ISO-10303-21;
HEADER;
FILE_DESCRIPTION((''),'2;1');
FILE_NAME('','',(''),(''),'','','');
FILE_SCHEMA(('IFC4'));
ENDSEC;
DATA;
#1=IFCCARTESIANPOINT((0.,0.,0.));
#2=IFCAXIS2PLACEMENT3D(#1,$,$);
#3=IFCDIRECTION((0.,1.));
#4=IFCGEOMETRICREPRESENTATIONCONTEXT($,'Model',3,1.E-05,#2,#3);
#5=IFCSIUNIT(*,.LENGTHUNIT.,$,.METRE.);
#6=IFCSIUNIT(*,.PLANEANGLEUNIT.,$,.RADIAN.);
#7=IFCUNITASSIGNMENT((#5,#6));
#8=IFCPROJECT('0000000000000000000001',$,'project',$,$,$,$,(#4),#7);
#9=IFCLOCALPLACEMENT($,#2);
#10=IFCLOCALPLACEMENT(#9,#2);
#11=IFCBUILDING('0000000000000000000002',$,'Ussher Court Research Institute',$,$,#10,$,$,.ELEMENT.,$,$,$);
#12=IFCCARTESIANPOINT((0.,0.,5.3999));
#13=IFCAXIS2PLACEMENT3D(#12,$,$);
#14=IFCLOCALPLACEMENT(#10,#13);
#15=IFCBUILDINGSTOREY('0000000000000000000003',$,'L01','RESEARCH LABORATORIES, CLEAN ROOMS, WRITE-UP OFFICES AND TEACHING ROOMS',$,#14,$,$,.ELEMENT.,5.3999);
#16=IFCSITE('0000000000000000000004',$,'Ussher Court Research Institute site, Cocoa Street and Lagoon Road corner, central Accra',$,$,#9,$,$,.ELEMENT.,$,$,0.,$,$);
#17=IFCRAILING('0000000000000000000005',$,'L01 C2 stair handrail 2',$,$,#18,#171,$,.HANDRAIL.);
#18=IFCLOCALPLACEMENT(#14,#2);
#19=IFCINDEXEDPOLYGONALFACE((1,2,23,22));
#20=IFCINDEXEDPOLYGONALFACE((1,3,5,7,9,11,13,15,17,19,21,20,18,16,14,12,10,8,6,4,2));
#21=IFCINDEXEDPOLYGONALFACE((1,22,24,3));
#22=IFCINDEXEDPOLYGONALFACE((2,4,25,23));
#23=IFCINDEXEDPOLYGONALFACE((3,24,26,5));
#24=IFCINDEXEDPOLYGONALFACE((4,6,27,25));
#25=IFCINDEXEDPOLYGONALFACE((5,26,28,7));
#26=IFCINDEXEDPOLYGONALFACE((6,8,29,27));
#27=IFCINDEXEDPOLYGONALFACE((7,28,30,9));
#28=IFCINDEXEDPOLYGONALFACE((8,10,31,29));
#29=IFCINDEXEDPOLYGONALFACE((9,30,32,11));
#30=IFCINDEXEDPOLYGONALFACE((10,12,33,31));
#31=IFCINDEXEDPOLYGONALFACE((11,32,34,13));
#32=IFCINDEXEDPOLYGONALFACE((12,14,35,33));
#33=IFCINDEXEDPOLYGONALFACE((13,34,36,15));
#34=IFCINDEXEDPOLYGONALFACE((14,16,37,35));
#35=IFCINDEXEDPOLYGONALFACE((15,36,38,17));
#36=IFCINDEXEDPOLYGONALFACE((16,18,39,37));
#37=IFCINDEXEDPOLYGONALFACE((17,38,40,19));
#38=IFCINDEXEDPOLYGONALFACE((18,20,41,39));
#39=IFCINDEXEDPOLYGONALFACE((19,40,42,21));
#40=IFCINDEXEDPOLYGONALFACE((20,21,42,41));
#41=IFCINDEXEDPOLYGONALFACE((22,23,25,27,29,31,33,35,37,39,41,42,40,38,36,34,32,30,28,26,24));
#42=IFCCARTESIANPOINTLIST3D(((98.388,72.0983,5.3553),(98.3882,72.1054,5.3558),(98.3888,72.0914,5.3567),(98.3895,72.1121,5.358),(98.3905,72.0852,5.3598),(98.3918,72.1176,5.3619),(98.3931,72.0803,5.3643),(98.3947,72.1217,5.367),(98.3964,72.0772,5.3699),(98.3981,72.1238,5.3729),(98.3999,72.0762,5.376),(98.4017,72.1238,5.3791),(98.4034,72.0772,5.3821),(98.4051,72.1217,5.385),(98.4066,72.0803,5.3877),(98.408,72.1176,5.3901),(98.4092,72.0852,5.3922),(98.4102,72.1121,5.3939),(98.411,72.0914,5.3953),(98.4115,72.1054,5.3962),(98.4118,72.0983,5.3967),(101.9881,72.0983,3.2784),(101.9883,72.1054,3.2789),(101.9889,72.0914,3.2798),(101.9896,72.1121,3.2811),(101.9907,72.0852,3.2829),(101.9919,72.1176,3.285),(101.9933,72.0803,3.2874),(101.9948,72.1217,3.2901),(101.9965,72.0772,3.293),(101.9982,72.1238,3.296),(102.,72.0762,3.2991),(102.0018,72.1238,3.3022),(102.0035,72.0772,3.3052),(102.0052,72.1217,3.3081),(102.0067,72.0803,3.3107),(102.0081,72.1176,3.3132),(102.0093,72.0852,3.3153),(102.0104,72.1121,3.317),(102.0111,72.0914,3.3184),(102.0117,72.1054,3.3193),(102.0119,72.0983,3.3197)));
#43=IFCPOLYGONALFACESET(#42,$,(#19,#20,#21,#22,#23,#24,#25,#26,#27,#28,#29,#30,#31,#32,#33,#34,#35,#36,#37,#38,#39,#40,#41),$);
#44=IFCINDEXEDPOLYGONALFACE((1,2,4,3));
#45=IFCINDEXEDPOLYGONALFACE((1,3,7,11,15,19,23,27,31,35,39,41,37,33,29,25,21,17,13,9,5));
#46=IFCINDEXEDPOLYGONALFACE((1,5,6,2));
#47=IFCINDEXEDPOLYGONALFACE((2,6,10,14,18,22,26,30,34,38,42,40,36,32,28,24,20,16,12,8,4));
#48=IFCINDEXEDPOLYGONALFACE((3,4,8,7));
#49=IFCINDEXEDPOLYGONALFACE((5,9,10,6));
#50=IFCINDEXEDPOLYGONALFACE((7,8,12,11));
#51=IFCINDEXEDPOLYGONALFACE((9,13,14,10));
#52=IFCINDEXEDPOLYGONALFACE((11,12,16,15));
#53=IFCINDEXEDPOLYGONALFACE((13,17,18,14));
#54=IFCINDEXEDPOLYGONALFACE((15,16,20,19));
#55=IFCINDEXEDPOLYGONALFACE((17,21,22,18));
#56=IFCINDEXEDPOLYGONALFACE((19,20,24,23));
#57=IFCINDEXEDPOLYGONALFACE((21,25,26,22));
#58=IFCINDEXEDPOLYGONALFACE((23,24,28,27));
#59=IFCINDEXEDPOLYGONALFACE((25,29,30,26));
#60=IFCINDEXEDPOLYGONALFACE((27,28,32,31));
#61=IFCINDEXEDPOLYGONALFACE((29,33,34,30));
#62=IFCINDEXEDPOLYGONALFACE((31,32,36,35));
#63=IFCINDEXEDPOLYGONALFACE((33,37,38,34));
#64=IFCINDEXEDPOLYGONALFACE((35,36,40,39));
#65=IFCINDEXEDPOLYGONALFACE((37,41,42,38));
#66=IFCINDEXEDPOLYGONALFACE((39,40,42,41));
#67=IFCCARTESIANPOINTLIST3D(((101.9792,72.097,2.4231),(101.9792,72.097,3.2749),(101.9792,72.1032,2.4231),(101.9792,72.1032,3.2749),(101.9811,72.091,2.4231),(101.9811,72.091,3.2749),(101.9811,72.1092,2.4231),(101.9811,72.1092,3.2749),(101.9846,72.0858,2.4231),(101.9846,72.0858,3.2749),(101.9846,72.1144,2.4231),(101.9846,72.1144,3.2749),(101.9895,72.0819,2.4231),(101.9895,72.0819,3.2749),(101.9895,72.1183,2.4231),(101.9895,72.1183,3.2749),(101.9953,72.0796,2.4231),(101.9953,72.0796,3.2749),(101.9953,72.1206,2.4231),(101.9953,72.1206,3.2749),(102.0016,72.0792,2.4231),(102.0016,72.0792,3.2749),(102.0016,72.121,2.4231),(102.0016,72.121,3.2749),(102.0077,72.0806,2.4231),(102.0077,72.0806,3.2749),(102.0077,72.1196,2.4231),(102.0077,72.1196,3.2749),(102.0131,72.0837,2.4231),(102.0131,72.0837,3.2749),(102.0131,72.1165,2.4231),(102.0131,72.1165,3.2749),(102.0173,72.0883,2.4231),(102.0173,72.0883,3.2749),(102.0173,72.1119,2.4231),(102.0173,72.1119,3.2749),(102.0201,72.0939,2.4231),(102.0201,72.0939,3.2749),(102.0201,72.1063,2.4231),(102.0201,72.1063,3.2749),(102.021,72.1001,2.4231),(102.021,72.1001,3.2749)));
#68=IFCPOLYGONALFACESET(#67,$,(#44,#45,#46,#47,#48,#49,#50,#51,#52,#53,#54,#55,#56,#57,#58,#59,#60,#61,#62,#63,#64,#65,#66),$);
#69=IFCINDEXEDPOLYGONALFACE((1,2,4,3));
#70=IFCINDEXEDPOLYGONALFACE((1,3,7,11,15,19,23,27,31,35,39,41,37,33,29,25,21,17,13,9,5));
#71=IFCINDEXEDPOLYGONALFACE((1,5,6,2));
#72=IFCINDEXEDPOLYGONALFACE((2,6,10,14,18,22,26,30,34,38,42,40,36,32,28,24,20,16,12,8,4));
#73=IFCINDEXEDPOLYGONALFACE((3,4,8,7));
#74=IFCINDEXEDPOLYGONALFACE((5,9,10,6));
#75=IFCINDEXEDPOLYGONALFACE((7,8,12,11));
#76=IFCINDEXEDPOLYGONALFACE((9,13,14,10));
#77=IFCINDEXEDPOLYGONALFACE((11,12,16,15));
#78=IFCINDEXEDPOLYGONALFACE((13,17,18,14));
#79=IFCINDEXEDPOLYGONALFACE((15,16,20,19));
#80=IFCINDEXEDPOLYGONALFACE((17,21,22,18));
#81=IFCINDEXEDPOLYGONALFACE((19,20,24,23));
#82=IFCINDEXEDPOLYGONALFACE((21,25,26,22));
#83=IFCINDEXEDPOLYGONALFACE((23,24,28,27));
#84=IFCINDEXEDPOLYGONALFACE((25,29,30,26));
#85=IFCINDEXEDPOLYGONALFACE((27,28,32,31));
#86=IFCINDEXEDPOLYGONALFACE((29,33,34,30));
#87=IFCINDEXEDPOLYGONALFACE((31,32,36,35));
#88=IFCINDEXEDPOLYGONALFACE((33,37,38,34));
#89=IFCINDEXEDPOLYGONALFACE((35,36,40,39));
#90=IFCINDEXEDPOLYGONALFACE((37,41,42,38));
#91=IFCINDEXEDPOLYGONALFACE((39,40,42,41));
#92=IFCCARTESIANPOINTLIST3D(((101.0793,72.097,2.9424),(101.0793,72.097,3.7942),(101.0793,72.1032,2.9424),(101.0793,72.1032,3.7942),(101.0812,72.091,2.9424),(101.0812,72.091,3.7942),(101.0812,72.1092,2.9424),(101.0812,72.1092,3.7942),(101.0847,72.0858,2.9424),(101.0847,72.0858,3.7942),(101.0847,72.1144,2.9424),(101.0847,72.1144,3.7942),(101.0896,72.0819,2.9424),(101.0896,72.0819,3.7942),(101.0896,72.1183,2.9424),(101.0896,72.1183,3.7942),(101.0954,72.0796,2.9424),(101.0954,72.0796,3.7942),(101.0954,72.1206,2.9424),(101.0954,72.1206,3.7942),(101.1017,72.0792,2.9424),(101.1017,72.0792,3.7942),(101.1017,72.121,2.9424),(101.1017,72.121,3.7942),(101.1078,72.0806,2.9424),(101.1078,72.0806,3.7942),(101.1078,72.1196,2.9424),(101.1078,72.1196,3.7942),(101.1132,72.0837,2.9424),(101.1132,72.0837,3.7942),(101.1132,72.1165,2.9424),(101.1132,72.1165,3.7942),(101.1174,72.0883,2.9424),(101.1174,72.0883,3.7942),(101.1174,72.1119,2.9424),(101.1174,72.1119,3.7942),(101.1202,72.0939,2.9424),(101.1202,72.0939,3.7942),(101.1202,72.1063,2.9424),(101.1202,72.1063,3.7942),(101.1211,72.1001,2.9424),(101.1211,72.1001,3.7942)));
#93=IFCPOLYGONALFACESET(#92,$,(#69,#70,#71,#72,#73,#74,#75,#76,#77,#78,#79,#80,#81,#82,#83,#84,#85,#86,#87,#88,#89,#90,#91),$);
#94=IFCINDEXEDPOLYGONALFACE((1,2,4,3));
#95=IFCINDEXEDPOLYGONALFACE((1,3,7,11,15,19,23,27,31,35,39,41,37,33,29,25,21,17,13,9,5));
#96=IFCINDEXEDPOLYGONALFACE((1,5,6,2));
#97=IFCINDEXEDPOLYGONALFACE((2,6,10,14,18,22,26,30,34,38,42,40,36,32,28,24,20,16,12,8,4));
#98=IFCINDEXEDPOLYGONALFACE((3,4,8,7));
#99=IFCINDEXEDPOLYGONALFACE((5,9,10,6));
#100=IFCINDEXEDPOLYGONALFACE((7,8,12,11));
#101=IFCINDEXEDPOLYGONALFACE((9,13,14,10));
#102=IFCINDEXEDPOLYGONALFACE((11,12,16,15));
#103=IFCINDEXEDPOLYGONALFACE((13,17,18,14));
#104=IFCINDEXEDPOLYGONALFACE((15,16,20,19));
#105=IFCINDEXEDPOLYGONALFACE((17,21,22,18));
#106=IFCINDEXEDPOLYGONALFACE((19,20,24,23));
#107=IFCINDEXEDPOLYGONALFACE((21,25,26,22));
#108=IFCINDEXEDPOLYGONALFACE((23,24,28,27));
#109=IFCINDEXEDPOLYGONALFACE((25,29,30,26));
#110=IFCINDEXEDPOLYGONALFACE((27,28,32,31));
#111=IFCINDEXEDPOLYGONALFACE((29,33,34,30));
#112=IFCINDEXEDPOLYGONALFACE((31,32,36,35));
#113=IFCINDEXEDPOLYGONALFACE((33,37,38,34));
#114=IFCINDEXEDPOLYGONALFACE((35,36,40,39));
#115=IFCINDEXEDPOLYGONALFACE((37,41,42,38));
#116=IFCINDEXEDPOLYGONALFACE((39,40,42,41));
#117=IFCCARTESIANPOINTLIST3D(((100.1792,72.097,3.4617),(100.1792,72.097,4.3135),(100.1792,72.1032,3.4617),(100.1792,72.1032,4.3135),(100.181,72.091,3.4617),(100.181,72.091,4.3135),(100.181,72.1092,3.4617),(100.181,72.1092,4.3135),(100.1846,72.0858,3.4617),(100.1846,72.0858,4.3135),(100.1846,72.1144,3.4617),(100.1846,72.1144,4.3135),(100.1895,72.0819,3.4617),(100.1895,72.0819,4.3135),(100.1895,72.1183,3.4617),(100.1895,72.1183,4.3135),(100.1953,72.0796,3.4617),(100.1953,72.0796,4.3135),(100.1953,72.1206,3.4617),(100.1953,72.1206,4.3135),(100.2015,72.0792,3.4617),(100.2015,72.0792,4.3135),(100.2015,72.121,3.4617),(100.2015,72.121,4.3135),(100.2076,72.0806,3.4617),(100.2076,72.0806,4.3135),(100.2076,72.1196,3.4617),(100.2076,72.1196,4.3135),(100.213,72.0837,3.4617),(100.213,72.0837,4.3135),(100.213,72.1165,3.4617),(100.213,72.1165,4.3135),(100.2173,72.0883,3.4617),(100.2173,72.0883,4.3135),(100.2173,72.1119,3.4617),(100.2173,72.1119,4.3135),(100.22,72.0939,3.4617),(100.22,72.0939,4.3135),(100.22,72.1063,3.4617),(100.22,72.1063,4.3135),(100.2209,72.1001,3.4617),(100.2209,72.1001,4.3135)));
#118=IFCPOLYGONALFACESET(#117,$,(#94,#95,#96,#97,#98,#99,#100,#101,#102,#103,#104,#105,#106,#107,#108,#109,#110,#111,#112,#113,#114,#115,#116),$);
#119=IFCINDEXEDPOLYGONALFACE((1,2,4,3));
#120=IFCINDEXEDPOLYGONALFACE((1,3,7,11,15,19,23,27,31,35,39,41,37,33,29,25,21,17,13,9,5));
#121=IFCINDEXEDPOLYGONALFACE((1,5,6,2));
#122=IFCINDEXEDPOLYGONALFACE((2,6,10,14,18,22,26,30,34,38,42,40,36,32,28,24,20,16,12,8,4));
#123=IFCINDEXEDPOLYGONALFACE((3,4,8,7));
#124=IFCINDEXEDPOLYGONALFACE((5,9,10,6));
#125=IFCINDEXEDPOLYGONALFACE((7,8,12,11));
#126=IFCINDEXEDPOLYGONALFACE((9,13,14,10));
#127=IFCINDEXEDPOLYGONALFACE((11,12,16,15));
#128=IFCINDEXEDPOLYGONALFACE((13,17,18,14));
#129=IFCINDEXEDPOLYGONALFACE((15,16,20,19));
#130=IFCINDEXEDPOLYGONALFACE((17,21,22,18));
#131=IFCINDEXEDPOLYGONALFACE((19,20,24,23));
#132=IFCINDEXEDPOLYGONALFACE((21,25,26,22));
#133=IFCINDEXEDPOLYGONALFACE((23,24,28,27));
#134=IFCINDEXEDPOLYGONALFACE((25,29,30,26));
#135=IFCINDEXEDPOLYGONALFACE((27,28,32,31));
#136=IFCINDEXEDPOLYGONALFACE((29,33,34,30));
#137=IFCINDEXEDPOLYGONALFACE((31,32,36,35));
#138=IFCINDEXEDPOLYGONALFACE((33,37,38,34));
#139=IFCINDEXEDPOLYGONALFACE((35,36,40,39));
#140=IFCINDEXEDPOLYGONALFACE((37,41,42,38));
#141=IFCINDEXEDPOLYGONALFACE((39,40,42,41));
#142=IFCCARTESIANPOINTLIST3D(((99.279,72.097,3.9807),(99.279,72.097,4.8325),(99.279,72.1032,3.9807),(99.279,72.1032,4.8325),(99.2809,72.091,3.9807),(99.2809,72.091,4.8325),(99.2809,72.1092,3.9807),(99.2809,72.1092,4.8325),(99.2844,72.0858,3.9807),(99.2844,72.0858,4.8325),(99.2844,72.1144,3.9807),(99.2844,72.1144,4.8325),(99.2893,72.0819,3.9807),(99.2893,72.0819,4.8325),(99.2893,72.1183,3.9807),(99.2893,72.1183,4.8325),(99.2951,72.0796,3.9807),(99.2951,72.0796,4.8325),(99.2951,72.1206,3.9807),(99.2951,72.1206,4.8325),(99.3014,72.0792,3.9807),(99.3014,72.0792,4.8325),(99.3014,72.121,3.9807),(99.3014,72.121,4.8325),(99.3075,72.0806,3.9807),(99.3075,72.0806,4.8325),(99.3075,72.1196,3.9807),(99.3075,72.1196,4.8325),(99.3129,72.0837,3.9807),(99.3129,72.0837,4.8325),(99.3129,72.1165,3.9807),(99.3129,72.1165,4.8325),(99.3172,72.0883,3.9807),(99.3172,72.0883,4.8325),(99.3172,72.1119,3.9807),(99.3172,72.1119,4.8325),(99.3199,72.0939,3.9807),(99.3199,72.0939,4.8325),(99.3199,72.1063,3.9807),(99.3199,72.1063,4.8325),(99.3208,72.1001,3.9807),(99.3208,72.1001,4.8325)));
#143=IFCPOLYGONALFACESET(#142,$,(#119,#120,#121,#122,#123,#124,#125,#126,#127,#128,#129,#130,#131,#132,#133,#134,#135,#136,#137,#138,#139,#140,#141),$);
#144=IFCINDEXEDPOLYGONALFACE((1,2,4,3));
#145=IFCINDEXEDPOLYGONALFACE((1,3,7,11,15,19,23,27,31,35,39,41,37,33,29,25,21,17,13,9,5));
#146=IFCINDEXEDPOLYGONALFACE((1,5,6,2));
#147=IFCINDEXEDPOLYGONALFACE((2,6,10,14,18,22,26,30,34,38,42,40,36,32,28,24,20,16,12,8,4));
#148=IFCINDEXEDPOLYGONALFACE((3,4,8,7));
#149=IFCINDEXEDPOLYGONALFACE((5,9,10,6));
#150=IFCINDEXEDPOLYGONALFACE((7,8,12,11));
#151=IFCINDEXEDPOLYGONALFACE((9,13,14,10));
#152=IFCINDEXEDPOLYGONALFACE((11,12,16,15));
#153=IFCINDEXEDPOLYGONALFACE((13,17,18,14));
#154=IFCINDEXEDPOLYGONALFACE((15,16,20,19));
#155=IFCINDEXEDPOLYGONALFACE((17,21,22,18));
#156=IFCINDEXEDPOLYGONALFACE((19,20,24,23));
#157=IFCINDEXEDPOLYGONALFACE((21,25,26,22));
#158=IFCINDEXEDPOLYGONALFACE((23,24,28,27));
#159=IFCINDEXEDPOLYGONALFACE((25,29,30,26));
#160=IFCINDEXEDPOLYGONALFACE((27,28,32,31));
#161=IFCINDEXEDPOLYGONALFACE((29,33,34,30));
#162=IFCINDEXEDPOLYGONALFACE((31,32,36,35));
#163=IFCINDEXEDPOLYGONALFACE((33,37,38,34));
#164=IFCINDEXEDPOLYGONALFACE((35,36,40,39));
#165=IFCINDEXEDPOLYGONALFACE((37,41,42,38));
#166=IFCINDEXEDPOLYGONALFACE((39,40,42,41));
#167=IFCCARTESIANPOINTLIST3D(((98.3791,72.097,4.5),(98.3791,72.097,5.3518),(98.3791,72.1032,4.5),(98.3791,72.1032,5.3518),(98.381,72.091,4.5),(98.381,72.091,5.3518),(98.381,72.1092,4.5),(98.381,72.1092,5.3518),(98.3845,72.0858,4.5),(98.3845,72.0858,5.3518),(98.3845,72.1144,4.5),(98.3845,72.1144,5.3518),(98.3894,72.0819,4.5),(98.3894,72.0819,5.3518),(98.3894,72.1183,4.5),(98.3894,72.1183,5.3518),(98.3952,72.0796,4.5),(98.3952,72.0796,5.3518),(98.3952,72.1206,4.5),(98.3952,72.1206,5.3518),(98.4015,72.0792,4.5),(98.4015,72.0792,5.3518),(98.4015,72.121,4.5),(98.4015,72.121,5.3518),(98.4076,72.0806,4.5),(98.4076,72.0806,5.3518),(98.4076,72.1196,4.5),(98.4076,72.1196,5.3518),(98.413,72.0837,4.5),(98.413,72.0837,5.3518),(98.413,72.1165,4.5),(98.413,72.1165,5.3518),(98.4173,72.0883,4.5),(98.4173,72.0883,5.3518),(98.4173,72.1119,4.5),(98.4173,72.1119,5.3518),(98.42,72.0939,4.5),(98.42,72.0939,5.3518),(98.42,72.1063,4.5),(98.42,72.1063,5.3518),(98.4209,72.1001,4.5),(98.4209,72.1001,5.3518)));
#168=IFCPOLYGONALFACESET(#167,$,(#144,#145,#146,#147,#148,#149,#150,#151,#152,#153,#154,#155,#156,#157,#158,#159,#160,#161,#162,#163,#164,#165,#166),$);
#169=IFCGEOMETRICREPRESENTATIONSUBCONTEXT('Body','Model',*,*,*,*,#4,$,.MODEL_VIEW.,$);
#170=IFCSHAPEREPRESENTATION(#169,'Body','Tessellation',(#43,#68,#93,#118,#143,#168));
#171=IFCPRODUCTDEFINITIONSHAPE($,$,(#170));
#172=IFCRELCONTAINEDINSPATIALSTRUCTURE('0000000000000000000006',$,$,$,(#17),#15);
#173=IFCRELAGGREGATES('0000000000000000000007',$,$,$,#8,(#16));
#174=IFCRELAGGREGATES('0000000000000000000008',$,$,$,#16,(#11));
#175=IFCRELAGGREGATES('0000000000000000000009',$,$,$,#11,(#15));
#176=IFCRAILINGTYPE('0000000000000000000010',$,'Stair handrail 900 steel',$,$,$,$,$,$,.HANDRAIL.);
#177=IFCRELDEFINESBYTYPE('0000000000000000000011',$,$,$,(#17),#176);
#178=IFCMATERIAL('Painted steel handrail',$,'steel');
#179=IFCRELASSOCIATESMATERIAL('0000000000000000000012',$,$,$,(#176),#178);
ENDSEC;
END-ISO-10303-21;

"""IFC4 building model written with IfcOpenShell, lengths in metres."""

from ifc_helpers import new_model, si_unit, direction, frame, origin, origin_2d, place, context, subcontext, project, spatial, circle, extrude, material, type_object, element, save


model = new_model("IFC4")

# Units and contexts
model_context = context("Model", 3, precision=1e-05, world=origin(), true_north=direction((0.0, 1.0)))
body_context = subcontext(model_context, "Body", "Model", "MODEL_VIEW")
ifc_project = project(units=[si_unit("LENGTHUNIT", "METRE"), si_unit("PLANEANGLEUNIT", "RADIAN")], contexts=[model_context])

# Site, building, storey
site_placement = place(None, origin())
site = spatial("IfcSite", under=ifc_project, at=site_placement, Name="Ussher Court Research Institute site, Cocoa Street and Lagoon Road corner, central Accra", CompositionType="ELEMENT", RefElevation=0.0)
building_placement = place(site_placement, origin())
building = spatial("IfcBuilding", under=site, at=building_placement, Name="Ussher Court Research Institute", CompositionType="ELEMENT")
storey_placement = place(building_placement, frame((0.0, 0.0, 5.3999)))
storey = spatial("IfcBuildingStorey", under=building, at=storey_placement, Name="L01", Description="RESEARCH LABORATORIES, CLEAN ROOMS, WRITE-UP OFFICES AND TEACHING ROOMS", CompositionType="ELEMENT", Elevation=5.3999)

# Railing
ifc_material_1 = material(Name="Painted steel handrail", Category="steel")
railing_type_1 = type_object("IfcRailingType", Name="Stair handrail 900 steel", PredefinedType="HANDRAIL", material=ifc_material_1)
railing_1_placement = place(storey_placement, frame((102.0, 72.1001, 2.4231)))
element("IfcRailing", 1, at=railing_1_placement, inside=storey, type_object=railing_type_1, Name="L01 C2 stair handrail 2", PredefinedType="HANDRAIL", context=body_context, shape_type="SweptSolid", body=[
    extrude(circle(Radius=0.0239, at=origin_2d()), frame((0.0, 0.0, 0.876), z_axis=(-0.866193, 0.0, 0.499709), x_axis=(0.0, -1.0, 0.0)), (0.0, 0.0, 1.0), 4.1562),
    extrude(circle(Radius=0.021, at=origin_2d()), origin(), (0.0, 0.0, 1.0), 0.8518),
    extrude(circle(Radius=0.021, at=origin_2d()), frame((-0.8999, 0.0, 0.5193)), (0.0, 0.0, 1.0), 0.8518),
    extrude(circle(Radius=0.021, at=origin_2d()), frame((-1.8, 0.0, 1.0386)), (0.0, 0.0, 1.0), 0.8518),
    extrude(circle(Radius=0.021, at=origin_2d()), frame((-2.7002, 0.0, 1.5576)), (0.0, 0.0, 1.0), 0.8518),
    extrude(circle(Radius=0.021, at=origin_2d()), frame((-3.6001, 0.0, 2.0769)), (0.0, 0.0, 1.0), 0.8518),
])

save(model, "model.ifc")
